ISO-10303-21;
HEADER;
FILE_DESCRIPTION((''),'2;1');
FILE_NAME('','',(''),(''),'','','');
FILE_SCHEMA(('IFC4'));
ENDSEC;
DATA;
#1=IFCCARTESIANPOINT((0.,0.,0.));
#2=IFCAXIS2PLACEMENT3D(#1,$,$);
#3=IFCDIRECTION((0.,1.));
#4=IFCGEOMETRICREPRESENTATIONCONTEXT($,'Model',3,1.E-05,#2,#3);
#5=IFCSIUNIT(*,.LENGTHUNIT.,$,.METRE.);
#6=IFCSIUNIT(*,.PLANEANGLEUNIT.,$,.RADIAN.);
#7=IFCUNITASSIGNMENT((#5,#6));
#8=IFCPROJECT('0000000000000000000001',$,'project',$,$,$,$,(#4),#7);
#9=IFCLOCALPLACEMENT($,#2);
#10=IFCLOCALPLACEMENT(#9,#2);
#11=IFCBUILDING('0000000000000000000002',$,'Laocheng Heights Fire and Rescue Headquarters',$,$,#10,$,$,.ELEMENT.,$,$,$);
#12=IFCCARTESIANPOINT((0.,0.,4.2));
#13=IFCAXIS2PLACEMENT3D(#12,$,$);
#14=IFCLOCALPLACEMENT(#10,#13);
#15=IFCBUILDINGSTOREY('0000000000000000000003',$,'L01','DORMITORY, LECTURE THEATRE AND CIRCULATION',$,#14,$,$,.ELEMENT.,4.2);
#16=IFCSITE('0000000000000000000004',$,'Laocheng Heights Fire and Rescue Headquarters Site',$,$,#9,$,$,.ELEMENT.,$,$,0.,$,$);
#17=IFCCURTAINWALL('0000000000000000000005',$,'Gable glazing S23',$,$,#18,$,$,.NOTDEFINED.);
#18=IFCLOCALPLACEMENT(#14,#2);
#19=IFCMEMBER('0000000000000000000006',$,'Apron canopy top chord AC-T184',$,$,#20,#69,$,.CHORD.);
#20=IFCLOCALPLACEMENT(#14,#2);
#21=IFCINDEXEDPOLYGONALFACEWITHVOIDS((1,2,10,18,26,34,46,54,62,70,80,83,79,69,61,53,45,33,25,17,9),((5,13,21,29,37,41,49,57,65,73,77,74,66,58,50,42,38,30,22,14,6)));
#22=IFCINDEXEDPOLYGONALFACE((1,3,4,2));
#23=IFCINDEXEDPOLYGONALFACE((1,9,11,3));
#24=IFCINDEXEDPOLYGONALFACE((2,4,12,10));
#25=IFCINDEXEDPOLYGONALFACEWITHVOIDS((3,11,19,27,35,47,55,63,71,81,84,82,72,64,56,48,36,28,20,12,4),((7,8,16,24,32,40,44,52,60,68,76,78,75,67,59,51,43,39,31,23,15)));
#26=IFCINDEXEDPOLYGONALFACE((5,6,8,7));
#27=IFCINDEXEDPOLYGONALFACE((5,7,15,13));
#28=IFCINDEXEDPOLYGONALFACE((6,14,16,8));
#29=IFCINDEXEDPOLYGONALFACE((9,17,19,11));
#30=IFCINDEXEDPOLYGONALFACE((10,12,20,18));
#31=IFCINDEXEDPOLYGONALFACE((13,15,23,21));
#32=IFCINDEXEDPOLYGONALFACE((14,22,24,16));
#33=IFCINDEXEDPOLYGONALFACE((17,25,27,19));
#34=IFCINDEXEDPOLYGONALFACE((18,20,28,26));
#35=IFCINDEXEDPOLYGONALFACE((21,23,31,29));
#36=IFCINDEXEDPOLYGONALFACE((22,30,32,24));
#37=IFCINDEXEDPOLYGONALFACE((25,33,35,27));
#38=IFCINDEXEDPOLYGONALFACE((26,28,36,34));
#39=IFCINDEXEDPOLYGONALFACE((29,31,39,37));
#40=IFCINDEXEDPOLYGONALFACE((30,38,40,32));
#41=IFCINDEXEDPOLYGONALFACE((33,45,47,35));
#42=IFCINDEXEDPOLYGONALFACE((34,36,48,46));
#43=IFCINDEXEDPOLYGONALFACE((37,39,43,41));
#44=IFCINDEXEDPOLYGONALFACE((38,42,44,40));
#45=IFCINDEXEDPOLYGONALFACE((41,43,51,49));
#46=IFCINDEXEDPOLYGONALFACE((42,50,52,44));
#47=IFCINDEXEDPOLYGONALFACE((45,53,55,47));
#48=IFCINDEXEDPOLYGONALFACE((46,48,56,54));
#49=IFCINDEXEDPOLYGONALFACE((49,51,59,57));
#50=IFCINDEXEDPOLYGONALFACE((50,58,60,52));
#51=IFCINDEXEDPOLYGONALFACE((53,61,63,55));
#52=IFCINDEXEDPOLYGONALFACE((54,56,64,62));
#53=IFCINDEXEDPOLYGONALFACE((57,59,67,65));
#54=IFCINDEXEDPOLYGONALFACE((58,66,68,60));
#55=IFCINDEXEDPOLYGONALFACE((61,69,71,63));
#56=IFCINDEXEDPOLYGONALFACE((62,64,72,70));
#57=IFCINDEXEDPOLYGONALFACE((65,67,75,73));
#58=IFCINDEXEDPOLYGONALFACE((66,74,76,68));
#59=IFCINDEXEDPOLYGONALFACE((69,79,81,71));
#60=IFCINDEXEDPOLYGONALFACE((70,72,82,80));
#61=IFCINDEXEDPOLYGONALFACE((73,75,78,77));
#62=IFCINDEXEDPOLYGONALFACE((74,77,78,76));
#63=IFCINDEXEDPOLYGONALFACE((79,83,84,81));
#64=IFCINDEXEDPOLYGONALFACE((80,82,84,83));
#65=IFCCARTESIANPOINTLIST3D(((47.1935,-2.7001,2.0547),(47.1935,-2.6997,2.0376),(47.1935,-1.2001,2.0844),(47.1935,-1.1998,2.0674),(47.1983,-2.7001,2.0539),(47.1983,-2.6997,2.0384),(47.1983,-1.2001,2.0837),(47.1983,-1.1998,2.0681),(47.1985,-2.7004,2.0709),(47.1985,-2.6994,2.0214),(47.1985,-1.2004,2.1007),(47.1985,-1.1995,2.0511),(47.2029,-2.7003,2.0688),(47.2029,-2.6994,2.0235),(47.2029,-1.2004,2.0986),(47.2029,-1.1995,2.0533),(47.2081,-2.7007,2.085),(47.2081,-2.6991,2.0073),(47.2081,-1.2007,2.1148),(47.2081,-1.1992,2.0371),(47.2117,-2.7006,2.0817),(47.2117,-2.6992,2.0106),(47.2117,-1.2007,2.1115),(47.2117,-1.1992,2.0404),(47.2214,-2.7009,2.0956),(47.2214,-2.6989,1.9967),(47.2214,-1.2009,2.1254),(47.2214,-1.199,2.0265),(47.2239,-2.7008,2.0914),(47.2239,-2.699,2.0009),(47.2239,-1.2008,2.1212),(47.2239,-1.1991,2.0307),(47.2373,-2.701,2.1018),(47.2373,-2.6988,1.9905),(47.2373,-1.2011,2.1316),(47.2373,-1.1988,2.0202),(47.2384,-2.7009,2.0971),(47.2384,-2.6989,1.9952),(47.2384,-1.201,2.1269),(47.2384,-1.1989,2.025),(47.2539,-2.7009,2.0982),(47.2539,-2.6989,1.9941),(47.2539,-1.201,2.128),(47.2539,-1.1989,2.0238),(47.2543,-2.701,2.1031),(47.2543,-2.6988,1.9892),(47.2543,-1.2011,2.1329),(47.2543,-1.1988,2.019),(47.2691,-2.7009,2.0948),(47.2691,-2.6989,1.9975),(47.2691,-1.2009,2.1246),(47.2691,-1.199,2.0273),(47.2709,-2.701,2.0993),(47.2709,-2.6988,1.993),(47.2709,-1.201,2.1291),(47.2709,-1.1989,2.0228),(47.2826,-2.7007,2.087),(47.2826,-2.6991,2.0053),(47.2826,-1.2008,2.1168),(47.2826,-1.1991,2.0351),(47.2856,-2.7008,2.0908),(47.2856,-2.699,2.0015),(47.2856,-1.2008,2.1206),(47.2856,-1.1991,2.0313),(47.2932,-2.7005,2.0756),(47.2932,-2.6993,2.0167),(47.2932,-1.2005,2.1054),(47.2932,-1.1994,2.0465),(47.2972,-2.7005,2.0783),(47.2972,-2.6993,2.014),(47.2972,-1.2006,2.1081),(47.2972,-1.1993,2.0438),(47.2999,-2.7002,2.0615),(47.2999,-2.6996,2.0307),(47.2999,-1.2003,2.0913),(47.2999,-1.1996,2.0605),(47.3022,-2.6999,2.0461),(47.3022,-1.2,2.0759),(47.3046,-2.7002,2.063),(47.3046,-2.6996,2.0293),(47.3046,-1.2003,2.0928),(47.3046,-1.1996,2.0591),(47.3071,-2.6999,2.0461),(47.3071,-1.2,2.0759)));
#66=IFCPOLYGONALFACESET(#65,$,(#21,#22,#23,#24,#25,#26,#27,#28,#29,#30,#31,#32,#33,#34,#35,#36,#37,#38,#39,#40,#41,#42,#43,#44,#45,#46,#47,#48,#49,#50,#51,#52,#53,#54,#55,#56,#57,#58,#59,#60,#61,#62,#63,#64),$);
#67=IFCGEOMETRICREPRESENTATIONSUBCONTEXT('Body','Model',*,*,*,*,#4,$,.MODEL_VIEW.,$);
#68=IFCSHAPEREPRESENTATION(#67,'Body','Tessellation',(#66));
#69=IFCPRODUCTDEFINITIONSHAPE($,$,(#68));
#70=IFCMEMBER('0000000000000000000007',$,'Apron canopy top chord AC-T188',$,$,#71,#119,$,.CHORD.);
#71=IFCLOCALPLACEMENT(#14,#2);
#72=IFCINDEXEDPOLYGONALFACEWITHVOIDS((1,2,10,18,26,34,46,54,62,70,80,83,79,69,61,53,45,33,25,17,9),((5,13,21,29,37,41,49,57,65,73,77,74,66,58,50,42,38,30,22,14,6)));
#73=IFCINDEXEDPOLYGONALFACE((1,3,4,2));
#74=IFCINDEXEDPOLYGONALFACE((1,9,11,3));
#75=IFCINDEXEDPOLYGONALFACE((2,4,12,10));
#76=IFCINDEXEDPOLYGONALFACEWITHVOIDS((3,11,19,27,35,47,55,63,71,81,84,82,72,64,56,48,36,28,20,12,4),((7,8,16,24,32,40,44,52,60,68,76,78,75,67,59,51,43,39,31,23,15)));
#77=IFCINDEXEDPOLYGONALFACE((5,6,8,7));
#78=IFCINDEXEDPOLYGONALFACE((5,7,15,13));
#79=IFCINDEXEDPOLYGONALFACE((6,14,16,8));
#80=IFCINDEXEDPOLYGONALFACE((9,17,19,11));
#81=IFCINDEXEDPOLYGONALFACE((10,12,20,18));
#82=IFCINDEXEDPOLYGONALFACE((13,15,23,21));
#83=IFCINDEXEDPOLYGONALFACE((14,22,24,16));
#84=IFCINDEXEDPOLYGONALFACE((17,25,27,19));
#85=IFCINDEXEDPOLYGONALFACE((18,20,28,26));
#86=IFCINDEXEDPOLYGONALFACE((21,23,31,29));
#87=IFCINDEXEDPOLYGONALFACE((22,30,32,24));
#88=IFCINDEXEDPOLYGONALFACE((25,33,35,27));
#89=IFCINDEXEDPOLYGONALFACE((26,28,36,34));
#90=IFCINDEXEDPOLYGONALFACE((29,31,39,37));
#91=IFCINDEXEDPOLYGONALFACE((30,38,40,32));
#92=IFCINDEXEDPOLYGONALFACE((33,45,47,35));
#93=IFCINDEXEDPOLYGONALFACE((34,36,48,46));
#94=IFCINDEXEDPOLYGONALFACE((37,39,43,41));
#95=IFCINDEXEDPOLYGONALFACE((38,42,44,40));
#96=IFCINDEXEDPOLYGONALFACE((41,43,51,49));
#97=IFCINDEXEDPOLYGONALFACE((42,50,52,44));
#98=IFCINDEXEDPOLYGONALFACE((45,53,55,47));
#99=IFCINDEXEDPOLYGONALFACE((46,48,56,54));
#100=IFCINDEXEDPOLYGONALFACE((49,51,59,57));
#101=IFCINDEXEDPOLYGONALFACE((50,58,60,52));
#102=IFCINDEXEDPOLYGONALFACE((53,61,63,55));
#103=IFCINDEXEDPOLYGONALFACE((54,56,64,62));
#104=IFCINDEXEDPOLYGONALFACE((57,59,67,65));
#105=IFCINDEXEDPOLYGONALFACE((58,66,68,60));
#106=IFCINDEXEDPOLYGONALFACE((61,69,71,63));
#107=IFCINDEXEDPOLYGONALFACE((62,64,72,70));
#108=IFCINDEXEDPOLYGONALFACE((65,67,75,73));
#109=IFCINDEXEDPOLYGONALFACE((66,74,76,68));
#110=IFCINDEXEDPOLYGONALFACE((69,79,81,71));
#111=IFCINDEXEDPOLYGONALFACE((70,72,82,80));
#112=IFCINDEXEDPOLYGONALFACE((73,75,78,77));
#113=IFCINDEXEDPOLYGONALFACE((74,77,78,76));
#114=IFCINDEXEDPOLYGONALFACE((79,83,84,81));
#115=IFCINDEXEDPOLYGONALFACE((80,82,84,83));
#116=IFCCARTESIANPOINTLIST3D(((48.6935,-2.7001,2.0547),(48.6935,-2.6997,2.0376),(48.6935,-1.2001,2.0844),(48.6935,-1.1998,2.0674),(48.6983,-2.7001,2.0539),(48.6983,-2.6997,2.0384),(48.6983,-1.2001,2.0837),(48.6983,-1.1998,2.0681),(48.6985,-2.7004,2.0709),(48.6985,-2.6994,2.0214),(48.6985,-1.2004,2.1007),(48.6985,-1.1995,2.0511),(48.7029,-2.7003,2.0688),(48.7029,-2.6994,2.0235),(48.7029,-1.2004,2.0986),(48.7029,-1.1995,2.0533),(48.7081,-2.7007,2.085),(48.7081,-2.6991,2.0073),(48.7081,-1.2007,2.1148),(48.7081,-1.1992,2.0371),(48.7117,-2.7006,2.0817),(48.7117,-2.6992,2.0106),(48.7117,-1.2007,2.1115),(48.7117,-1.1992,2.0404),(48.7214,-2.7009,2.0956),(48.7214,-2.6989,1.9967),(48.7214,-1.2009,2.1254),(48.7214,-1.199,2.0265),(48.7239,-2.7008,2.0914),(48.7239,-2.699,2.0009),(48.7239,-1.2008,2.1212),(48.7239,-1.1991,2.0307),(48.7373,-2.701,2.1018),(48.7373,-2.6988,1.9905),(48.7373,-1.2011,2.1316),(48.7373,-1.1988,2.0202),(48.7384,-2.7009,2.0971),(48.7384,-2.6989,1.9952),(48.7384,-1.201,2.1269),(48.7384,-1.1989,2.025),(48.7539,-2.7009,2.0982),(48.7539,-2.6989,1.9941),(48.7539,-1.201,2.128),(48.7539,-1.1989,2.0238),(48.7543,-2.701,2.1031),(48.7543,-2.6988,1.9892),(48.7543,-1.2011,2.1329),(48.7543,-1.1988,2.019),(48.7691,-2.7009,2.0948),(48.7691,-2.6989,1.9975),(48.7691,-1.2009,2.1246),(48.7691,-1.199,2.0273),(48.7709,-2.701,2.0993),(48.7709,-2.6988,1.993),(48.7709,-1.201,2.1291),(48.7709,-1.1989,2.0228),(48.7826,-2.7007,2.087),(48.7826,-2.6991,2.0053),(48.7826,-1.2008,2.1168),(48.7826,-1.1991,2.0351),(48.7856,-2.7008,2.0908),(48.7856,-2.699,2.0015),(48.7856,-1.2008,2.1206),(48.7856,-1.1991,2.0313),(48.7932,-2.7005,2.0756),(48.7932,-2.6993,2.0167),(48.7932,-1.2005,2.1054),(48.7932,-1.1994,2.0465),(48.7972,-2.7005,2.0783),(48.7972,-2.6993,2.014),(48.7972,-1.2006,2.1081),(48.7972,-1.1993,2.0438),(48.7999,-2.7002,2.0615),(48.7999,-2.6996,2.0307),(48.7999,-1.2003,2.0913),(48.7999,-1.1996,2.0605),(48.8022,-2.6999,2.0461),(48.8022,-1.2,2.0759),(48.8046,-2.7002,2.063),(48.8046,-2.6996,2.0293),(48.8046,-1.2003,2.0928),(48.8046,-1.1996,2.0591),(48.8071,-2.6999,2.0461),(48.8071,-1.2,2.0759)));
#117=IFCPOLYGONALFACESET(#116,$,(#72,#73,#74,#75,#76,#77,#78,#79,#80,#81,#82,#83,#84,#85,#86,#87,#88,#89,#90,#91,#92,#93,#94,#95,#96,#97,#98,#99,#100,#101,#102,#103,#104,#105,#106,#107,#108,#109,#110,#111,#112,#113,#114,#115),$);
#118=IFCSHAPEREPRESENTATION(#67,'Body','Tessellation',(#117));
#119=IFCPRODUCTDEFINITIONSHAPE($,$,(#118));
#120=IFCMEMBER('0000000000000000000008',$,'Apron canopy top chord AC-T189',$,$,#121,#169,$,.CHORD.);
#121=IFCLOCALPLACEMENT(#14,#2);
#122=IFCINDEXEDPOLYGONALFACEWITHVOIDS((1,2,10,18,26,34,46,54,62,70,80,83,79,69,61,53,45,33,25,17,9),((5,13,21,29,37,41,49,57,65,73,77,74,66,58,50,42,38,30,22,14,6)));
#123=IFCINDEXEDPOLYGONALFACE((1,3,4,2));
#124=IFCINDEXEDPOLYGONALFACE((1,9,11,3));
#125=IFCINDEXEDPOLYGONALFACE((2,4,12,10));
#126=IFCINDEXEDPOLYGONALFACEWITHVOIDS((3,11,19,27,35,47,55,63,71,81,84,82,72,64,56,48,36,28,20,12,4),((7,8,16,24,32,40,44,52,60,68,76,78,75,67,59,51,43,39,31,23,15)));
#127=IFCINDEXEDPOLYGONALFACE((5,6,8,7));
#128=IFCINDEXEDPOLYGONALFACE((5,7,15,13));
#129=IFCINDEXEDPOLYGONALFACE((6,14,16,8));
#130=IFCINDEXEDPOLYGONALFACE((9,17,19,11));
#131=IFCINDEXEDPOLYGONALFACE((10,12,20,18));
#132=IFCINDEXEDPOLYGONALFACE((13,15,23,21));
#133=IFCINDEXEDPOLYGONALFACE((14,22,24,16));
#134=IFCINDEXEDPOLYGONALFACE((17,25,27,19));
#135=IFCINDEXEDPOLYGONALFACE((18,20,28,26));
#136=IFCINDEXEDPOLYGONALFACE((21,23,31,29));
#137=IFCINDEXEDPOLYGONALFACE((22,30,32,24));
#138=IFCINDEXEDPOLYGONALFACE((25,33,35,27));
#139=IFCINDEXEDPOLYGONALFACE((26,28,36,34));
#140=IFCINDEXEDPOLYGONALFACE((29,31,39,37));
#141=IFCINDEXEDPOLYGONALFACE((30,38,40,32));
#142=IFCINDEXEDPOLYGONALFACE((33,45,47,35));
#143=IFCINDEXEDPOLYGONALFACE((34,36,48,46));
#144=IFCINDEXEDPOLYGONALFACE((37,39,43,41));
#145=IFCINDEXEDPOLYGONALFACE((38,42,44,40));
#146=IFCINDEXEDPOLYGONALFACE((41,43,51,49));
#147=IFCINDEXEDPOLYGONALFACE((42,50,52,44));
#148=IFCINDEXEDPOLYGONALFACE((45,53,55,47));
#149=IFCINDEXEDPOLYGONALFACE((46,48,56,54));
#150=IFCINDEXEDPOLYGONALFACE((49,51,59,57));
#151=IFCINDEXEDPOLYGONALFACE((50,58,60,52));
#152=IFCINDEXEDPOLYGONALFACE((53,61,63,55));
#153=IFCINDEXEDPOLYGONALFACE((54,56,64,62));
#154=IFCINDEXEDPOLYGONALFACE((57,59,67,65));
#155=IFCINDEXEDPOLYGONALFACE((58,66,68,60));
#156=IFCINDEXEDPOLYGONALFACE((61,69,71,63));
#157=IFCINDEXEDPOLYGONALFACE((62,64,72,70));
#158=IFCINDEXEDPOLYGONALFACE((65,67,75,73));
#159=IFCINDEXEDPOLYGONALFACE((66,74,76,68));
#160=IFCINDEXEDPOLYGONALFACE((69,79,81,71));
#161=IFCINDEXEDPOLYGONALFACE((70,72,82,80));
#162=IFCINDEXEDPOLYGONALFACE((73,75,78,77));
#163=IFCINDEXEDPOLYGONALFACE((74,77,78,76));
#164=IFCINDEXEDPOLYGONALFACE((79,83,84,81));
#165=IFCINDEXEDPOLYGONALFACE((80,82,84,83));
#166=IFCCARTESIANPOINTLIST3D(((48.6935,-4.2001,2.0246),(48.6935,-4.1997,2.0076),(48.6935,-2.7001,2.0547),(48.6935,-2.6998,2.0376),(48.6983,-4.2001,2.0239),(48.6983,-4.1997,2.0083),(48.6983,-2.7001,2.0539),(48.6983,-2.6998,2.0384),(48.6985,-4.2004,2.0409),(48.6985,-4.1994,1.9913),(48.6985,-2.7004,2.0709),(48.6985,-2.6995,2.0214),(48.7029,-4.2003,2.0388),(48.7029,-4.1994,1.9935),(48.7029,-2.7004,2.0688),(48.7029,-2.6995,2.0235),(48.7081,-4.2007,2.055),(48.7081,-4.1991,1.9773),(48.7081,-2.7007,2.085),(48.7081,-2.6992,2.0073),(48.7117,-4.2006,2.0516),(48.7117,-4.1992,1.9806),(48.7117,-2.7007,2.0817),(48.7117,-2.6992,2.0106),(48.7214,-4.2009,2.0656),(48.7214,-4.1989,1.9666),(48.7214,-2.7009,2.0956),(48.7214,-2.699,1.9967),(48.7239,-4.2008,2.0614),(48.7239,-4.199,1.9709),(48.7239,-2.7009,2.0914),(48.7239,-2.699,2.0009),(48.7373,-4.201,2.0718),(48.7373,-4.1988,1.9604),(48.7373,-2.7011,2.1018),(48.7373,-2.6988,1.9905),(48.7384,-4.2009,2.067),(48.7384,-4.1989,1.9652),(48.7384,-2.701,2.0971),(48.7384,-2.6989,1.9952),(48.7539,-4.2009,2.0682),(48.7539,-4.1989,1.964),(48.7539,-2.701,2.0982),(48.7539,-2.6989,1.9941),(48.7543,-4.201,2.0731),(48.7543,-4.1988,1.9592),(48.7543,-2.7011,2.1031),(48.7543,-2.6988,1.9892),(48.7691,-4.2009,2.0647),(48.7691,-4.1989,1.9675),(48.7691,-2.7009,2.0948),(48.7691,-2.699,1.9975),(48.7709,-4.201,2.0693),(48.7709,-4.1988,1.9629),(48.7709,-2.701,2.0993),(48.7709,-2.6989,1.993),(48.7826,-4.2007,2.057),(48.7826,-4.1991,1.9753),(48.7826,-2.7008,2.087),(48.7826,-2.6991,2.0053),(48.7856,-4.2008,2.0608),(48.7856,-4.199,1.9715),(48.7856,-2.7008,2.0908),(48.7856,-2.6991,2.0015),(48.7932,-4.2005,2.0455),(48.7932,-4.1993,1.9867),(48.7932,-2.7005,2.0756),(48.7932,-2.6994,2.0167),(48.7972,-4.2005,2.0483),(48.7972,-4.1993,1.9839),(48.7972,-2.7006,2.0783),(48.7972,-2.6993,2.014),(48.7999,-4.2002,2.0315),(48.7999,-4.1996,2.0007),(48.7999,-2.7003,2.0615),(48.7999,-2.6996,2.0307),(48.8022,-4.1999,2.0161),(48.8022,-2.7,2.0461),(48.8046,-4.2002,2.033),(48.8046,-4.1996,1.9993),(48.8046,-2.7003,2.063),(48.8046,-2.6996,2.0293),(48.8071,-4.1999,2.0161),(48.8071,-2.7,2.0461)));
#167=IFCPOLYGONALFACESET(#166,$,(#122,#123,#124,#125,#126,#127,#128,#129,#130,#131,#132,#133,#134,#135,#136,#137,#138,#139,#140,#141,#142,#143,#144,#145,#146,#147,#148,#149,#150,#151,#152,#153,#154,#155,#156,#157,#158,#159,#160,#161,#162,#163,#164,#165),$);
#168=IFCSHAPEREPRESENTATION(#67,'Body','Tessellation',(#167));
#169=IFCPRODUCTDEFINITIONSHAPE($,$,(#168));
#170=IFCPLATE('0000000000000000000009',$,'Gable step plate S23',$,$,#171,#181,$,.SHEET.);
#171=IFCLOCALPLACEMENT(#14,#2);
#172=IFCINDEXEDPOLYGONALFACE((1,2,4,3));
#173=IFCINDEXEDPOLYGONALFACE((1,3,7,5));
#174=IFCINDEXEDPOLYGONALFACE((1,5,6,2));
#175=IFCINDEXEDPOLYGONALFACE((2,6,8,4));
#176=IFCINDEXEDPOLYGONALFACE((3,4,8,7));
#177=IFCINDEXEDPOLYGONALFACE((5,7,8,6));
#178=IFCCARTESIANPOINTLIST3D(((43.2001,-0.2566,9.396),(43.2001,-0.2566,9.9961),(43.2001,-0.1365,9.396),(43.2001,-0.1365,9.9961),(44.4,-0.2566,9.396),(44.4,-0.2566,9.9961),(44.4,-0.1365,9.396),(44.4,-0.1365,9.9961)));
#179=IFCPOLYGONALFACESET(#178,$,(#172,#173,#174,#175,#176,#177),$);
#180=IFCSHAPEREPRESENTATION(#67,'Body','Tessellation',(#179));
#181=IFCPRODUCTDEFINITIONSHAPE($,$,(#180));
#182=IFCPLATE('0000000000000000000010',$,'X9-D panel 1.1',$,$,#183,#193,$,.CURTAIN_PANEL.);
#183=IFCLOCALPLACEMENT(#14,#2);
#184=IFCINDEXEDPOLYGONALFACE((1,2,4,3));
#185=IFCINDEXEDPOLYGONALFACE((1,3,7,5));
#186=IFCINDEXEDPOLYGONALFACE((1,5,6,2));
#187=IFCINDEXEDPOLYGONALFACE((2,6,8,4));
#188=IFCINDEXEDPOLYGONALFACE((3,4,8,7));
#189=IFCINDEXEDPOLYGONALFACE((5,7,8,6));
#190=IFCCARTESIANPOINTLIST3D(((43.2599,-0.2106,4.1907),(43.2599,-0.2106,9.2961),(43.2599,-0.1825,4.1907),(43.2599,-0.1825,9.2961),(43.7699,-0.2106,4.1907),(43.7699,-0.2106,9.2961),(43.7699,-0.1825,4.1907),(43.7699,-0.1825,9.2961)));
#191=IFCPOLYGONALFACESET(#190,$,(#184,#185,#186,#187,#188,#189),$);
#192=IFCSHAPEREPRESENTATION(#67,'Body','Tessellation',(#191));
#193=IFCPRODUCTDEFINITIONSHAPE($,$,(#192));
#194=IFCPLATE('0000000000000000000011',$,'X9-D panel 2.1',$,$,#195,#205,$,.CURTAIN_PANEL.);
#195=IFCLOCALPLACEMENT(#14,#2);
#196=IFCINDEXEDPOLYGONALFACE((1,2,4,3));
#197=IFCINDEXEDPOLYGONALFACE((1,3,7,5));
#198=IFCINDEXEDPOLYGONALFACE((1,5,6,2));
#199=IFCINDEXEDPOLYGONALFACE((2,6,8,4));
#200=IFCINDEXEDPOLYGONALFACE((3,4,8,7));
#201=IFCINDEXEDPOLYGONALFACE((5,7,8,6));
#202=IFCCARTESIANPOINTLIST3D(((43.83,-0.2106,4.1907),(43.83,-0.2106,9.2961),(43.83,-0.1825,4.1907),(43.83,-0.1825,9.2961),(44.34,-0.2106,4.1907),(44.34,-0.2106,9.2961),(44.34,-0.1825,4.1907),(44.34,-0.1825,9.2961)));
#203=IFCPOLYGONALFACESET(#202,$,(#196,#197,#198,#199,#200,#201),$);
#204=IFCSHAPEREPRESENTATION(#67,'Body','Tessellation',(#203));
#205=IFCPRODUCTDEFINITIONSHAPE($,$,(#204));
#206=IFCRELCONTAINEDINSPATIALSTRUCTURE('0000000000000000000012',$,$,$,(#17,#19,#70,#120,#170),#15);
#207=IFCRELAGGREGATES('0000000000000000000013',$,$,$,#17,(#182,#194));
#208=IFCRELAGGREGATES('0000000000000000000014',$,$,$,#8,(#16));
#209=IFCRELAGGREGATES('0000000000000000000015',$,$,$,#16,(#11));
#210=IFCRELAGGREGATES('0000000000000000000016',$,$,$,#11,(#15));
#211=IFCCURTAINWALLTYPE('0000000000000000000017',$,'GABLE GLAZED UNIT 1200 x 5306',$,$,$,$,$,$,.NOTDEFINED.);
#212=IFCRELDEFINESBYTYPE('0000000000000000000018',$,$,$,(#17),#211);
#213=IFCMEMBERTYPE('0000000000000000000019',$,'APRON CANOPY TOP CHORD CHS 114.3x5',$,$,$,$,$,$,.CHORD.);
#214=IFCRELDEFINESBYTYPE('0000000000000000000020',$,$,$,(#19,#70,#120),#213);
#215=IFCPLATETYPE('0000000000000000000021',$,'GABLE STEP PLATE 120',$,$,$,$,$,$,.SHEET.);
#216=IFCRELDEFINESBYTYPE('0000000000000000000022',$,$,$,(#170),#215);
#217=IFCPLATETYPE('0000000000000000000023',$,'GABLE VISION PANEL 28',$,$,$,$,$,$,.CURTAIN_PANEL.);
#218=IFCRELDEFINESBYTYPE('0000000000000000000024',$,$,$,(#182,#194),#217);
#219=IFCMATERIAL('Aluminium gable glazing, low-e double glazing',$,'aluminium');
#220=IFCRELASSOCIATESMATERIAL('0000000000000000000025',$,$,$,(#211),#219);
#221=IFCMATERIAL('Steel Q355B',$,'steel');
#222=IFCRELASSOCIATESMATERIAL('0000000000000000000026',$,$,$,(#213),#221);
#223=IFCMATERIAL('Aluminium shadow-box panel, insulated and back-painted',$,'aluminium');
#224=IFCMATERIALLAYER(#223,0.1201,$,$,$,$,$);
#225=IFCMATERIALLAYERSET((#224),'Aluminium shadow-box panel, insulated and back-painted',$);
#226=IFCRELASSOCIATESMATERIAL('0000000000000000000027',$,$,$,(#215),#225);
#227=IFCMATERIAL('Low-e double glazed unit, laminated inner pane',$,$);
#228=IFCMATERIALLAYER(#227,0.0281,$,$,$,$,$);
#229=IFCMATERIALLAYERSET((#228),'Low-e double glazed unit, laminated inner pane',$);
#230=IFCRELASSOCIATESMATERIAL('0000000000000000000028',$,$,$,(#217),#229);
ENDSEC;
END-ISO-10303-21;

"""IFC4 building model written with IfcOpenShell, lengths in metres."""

from ifc_helpers import new_model, si_unit, direction, frame, origin, origin_2d, place, context, subcontext, project, spatial, rectangle, hollow_circle, extrude, material, layer, layer_set, material_profile, profile_set, type_object, element, aggregate, save


model = new_model("IFC4")

# Units and contexts
model_context = context("Model", 3, precision=1e-05, world=origin(), true_north=direction((0.0, 1.0)))
body_context = subcontext(model_context, "Body", "Model", "MODEL_VIEW")
ifc_project = project(units=[si_unit("LENGTHUNIT", "METRE"), si_unit("PLANEANGLEUNIT", "RADIAN")], contexts=[model_context])

# Site, building, storey
site_placement = place(None, origin())
site = spatial("IfcSite", under=ifc_project, at=site_placement, Name="Laocheng Heights Fire and Rescue Headquarters Site", CompositionType="ELEMENT", RefElevation=0.0)
building_placement = place(site_placement, origin())
building = spatial("IfcBuilding", under=site, at=building_placement, Name="Laocheng Heights Fire and Rescue Headquarters", CompositionType="ELEMENT")
storey_placement = place(building_placement, frame((0.0, 0.0, 4.2)))
storey = spatial("IfcBuildingStorey", under=building, at=storey_placement, Name="L01", Description="DORMITORY, LECTURE THEATRE AND CIRCULATION", CompositionType="ELEMENT", Elevation=4.2)

# Curtain wall
ifc_material_1 = material(Name="Aluminium gable glazing, low-e double glazing", Category="aluminium")
curtain_wall_type_1 = type_object("IfcCurtainWallType", Name="GABLE GLAZED UNIT 1200 x 5306", PredefinedType="NOTDEFINED", material=ifc_material_1)
curtain_wall_1_placement = place(storey_placement, origin())
curtain_wall_1 = element("IfcCurtainWall", 1, at=curtain_wall_1_placement, inside=storey, type_object=curtain_wall_type_1, Name="Gable glazing S23", PredefinedType="NOTDEFINED")

# Members
ifc_material_2 = material(Name="Steel Q355B", Category="steel")
ifc_material_profile_1 = material_profile(ifc_material_2, hollow_circle(Radius=0.0571, WallThickness=0.0049, at=origin_2d()), Name="CHS 114.3x5")
ifc_profile_set_1 = profile_set([ifc_material_profile_1], Name="Steel Q355B")
member_type_1 = type_object("IfcMemberType", Name="APRON CANOPY TOP CHORD CHS 114.3x5", PredefinedType="CHORD", material=ifc_profile_set_1)
for number, where, z_axis, x_axis, name in (
    (2, (47.25, -1.2, 2.0759), (0.0, -0.999803, -0.019853), (1.0, 0.0, 0.0), "Apron canopy top chord AC-T184"),
    (3, (48.75, -1.2, 2.0759), (0.0, -0.999803, -0.019853), (1.0, 0.0, 0.0), "Apron canopy top chord AC-T188"),
    (4, (48.75, -2.7, 2.0461), (0.0, -0.9998, -0.020016), (1.0, 0.0, 0.0), "Apron canopy top chord AC-T189"),
):
    element("IfcMember", number, at=place(storey_placement, frame(where, z_axis=z_axis, x_axis=x_axis)), inside=storey, type_object=member_type_1, Name=name, PredefinedType="CHORD", context=body_context, shape_type="SweptSolid", body=[
        extrude(hollow_circle(Radius=0.0571, WallThickness=0.0049, at=origin_2d()), origin(), (0.0, 0.0, 1.0), 1.5002),
    ])

# Plates
ifc_material_3 = material(Name="Aluminium shadow-box panel, insulated and back-painted", Category="aluminium")
ifc_layer_1 = layer(ifc_material_3, 0.1201)
ifc_layer_set_1 = layer_set([ifc_layer_1], Name="Aluminium shadow-box panel, insulated and back-painted")
plate_type_1 = type_object("IfcPlateType", Name="GABLE STEP PLATE 120", PredefinedType="SHEET", material=ifc_layer_set_1)
plate_1_placement = place(storey_placement, frame((43.8, -0.1965, 9.396), z_axis=(0.0, 0.0, 1.0), x_axis=(1.0, 0.0, 0.0)))
element("IfcPlate", 5, at=plate_1_placement, inside=storey, type_object=plate_type_1, Name="Gable step plate S23", PredefinedType="SHEET", context=body_context, shape_type="SweptSolid", body=[
    extrude(rectangle(XDim=1.2, YDim=0.1201, at=origin_2d()), origin(), (0.0, 0.0, 1.0), 0.6001),
])
ifc_material_4 = material(Name="Low-e double glazed unit, laminated inner pane")
ifc_layer_2 = layer(ifc_material_4, 0.0281)
ifc_layer_set_2 = layer_set([ifc_layer_2], Name="Low-e double glazed unit, laminated inner pane")
plate_type_2 = type_object("IfcPlateType", Name="GABLE VISION PANEL 28", PredefinedType="CURTAIN_PANEL", material=ifc_layer_set_2)
plate_2_placement = place(storey_placement, frame((43.5149, -0.1965, 4.1907), z_axis=(0.0, 0.0, 1.0), x_axis=(1.0, 0.0, 0.0)))
plate_2 = element("IfcPlate", 6, at=plate_2_placement, type_object=plate_type_2, Name="X9-D panel 1.1", PredefinedType="CURTAIN_PANEL", context=body_context, shape_type="SweptSolid", body=[
    extrude(rectangle(XDim=0.51, YDim=0.0281, at=origin_2d()), origin(), (0.0, 0.0, 1.0), 5.1055),
])
plate_3_placement = place(storey_placement, frame((44.085, -0.1965, 4.1907), z_axis=(0.0, 0.0, 1.0), x_axis=(1.0, 0.0, 0.0)))
plate_3 = element("IfcPlate", 7, at=plate_3_placement, type_object=plate_type_2, Name="X9-D panel 2.1", PredefinedType="CURTAIN_PANEL", context=body_context, shape_type="SweptSolid", body=[
    extrude(rectangle(XDim=0.51, YDim=0.0281, at=origin_2d()), origin(), (0.0, 0.0, 1.0), 5.1055),
])
aggregate(curtain_wall_1, [plate_2, plate_3])

save(model, "model.ifc")
